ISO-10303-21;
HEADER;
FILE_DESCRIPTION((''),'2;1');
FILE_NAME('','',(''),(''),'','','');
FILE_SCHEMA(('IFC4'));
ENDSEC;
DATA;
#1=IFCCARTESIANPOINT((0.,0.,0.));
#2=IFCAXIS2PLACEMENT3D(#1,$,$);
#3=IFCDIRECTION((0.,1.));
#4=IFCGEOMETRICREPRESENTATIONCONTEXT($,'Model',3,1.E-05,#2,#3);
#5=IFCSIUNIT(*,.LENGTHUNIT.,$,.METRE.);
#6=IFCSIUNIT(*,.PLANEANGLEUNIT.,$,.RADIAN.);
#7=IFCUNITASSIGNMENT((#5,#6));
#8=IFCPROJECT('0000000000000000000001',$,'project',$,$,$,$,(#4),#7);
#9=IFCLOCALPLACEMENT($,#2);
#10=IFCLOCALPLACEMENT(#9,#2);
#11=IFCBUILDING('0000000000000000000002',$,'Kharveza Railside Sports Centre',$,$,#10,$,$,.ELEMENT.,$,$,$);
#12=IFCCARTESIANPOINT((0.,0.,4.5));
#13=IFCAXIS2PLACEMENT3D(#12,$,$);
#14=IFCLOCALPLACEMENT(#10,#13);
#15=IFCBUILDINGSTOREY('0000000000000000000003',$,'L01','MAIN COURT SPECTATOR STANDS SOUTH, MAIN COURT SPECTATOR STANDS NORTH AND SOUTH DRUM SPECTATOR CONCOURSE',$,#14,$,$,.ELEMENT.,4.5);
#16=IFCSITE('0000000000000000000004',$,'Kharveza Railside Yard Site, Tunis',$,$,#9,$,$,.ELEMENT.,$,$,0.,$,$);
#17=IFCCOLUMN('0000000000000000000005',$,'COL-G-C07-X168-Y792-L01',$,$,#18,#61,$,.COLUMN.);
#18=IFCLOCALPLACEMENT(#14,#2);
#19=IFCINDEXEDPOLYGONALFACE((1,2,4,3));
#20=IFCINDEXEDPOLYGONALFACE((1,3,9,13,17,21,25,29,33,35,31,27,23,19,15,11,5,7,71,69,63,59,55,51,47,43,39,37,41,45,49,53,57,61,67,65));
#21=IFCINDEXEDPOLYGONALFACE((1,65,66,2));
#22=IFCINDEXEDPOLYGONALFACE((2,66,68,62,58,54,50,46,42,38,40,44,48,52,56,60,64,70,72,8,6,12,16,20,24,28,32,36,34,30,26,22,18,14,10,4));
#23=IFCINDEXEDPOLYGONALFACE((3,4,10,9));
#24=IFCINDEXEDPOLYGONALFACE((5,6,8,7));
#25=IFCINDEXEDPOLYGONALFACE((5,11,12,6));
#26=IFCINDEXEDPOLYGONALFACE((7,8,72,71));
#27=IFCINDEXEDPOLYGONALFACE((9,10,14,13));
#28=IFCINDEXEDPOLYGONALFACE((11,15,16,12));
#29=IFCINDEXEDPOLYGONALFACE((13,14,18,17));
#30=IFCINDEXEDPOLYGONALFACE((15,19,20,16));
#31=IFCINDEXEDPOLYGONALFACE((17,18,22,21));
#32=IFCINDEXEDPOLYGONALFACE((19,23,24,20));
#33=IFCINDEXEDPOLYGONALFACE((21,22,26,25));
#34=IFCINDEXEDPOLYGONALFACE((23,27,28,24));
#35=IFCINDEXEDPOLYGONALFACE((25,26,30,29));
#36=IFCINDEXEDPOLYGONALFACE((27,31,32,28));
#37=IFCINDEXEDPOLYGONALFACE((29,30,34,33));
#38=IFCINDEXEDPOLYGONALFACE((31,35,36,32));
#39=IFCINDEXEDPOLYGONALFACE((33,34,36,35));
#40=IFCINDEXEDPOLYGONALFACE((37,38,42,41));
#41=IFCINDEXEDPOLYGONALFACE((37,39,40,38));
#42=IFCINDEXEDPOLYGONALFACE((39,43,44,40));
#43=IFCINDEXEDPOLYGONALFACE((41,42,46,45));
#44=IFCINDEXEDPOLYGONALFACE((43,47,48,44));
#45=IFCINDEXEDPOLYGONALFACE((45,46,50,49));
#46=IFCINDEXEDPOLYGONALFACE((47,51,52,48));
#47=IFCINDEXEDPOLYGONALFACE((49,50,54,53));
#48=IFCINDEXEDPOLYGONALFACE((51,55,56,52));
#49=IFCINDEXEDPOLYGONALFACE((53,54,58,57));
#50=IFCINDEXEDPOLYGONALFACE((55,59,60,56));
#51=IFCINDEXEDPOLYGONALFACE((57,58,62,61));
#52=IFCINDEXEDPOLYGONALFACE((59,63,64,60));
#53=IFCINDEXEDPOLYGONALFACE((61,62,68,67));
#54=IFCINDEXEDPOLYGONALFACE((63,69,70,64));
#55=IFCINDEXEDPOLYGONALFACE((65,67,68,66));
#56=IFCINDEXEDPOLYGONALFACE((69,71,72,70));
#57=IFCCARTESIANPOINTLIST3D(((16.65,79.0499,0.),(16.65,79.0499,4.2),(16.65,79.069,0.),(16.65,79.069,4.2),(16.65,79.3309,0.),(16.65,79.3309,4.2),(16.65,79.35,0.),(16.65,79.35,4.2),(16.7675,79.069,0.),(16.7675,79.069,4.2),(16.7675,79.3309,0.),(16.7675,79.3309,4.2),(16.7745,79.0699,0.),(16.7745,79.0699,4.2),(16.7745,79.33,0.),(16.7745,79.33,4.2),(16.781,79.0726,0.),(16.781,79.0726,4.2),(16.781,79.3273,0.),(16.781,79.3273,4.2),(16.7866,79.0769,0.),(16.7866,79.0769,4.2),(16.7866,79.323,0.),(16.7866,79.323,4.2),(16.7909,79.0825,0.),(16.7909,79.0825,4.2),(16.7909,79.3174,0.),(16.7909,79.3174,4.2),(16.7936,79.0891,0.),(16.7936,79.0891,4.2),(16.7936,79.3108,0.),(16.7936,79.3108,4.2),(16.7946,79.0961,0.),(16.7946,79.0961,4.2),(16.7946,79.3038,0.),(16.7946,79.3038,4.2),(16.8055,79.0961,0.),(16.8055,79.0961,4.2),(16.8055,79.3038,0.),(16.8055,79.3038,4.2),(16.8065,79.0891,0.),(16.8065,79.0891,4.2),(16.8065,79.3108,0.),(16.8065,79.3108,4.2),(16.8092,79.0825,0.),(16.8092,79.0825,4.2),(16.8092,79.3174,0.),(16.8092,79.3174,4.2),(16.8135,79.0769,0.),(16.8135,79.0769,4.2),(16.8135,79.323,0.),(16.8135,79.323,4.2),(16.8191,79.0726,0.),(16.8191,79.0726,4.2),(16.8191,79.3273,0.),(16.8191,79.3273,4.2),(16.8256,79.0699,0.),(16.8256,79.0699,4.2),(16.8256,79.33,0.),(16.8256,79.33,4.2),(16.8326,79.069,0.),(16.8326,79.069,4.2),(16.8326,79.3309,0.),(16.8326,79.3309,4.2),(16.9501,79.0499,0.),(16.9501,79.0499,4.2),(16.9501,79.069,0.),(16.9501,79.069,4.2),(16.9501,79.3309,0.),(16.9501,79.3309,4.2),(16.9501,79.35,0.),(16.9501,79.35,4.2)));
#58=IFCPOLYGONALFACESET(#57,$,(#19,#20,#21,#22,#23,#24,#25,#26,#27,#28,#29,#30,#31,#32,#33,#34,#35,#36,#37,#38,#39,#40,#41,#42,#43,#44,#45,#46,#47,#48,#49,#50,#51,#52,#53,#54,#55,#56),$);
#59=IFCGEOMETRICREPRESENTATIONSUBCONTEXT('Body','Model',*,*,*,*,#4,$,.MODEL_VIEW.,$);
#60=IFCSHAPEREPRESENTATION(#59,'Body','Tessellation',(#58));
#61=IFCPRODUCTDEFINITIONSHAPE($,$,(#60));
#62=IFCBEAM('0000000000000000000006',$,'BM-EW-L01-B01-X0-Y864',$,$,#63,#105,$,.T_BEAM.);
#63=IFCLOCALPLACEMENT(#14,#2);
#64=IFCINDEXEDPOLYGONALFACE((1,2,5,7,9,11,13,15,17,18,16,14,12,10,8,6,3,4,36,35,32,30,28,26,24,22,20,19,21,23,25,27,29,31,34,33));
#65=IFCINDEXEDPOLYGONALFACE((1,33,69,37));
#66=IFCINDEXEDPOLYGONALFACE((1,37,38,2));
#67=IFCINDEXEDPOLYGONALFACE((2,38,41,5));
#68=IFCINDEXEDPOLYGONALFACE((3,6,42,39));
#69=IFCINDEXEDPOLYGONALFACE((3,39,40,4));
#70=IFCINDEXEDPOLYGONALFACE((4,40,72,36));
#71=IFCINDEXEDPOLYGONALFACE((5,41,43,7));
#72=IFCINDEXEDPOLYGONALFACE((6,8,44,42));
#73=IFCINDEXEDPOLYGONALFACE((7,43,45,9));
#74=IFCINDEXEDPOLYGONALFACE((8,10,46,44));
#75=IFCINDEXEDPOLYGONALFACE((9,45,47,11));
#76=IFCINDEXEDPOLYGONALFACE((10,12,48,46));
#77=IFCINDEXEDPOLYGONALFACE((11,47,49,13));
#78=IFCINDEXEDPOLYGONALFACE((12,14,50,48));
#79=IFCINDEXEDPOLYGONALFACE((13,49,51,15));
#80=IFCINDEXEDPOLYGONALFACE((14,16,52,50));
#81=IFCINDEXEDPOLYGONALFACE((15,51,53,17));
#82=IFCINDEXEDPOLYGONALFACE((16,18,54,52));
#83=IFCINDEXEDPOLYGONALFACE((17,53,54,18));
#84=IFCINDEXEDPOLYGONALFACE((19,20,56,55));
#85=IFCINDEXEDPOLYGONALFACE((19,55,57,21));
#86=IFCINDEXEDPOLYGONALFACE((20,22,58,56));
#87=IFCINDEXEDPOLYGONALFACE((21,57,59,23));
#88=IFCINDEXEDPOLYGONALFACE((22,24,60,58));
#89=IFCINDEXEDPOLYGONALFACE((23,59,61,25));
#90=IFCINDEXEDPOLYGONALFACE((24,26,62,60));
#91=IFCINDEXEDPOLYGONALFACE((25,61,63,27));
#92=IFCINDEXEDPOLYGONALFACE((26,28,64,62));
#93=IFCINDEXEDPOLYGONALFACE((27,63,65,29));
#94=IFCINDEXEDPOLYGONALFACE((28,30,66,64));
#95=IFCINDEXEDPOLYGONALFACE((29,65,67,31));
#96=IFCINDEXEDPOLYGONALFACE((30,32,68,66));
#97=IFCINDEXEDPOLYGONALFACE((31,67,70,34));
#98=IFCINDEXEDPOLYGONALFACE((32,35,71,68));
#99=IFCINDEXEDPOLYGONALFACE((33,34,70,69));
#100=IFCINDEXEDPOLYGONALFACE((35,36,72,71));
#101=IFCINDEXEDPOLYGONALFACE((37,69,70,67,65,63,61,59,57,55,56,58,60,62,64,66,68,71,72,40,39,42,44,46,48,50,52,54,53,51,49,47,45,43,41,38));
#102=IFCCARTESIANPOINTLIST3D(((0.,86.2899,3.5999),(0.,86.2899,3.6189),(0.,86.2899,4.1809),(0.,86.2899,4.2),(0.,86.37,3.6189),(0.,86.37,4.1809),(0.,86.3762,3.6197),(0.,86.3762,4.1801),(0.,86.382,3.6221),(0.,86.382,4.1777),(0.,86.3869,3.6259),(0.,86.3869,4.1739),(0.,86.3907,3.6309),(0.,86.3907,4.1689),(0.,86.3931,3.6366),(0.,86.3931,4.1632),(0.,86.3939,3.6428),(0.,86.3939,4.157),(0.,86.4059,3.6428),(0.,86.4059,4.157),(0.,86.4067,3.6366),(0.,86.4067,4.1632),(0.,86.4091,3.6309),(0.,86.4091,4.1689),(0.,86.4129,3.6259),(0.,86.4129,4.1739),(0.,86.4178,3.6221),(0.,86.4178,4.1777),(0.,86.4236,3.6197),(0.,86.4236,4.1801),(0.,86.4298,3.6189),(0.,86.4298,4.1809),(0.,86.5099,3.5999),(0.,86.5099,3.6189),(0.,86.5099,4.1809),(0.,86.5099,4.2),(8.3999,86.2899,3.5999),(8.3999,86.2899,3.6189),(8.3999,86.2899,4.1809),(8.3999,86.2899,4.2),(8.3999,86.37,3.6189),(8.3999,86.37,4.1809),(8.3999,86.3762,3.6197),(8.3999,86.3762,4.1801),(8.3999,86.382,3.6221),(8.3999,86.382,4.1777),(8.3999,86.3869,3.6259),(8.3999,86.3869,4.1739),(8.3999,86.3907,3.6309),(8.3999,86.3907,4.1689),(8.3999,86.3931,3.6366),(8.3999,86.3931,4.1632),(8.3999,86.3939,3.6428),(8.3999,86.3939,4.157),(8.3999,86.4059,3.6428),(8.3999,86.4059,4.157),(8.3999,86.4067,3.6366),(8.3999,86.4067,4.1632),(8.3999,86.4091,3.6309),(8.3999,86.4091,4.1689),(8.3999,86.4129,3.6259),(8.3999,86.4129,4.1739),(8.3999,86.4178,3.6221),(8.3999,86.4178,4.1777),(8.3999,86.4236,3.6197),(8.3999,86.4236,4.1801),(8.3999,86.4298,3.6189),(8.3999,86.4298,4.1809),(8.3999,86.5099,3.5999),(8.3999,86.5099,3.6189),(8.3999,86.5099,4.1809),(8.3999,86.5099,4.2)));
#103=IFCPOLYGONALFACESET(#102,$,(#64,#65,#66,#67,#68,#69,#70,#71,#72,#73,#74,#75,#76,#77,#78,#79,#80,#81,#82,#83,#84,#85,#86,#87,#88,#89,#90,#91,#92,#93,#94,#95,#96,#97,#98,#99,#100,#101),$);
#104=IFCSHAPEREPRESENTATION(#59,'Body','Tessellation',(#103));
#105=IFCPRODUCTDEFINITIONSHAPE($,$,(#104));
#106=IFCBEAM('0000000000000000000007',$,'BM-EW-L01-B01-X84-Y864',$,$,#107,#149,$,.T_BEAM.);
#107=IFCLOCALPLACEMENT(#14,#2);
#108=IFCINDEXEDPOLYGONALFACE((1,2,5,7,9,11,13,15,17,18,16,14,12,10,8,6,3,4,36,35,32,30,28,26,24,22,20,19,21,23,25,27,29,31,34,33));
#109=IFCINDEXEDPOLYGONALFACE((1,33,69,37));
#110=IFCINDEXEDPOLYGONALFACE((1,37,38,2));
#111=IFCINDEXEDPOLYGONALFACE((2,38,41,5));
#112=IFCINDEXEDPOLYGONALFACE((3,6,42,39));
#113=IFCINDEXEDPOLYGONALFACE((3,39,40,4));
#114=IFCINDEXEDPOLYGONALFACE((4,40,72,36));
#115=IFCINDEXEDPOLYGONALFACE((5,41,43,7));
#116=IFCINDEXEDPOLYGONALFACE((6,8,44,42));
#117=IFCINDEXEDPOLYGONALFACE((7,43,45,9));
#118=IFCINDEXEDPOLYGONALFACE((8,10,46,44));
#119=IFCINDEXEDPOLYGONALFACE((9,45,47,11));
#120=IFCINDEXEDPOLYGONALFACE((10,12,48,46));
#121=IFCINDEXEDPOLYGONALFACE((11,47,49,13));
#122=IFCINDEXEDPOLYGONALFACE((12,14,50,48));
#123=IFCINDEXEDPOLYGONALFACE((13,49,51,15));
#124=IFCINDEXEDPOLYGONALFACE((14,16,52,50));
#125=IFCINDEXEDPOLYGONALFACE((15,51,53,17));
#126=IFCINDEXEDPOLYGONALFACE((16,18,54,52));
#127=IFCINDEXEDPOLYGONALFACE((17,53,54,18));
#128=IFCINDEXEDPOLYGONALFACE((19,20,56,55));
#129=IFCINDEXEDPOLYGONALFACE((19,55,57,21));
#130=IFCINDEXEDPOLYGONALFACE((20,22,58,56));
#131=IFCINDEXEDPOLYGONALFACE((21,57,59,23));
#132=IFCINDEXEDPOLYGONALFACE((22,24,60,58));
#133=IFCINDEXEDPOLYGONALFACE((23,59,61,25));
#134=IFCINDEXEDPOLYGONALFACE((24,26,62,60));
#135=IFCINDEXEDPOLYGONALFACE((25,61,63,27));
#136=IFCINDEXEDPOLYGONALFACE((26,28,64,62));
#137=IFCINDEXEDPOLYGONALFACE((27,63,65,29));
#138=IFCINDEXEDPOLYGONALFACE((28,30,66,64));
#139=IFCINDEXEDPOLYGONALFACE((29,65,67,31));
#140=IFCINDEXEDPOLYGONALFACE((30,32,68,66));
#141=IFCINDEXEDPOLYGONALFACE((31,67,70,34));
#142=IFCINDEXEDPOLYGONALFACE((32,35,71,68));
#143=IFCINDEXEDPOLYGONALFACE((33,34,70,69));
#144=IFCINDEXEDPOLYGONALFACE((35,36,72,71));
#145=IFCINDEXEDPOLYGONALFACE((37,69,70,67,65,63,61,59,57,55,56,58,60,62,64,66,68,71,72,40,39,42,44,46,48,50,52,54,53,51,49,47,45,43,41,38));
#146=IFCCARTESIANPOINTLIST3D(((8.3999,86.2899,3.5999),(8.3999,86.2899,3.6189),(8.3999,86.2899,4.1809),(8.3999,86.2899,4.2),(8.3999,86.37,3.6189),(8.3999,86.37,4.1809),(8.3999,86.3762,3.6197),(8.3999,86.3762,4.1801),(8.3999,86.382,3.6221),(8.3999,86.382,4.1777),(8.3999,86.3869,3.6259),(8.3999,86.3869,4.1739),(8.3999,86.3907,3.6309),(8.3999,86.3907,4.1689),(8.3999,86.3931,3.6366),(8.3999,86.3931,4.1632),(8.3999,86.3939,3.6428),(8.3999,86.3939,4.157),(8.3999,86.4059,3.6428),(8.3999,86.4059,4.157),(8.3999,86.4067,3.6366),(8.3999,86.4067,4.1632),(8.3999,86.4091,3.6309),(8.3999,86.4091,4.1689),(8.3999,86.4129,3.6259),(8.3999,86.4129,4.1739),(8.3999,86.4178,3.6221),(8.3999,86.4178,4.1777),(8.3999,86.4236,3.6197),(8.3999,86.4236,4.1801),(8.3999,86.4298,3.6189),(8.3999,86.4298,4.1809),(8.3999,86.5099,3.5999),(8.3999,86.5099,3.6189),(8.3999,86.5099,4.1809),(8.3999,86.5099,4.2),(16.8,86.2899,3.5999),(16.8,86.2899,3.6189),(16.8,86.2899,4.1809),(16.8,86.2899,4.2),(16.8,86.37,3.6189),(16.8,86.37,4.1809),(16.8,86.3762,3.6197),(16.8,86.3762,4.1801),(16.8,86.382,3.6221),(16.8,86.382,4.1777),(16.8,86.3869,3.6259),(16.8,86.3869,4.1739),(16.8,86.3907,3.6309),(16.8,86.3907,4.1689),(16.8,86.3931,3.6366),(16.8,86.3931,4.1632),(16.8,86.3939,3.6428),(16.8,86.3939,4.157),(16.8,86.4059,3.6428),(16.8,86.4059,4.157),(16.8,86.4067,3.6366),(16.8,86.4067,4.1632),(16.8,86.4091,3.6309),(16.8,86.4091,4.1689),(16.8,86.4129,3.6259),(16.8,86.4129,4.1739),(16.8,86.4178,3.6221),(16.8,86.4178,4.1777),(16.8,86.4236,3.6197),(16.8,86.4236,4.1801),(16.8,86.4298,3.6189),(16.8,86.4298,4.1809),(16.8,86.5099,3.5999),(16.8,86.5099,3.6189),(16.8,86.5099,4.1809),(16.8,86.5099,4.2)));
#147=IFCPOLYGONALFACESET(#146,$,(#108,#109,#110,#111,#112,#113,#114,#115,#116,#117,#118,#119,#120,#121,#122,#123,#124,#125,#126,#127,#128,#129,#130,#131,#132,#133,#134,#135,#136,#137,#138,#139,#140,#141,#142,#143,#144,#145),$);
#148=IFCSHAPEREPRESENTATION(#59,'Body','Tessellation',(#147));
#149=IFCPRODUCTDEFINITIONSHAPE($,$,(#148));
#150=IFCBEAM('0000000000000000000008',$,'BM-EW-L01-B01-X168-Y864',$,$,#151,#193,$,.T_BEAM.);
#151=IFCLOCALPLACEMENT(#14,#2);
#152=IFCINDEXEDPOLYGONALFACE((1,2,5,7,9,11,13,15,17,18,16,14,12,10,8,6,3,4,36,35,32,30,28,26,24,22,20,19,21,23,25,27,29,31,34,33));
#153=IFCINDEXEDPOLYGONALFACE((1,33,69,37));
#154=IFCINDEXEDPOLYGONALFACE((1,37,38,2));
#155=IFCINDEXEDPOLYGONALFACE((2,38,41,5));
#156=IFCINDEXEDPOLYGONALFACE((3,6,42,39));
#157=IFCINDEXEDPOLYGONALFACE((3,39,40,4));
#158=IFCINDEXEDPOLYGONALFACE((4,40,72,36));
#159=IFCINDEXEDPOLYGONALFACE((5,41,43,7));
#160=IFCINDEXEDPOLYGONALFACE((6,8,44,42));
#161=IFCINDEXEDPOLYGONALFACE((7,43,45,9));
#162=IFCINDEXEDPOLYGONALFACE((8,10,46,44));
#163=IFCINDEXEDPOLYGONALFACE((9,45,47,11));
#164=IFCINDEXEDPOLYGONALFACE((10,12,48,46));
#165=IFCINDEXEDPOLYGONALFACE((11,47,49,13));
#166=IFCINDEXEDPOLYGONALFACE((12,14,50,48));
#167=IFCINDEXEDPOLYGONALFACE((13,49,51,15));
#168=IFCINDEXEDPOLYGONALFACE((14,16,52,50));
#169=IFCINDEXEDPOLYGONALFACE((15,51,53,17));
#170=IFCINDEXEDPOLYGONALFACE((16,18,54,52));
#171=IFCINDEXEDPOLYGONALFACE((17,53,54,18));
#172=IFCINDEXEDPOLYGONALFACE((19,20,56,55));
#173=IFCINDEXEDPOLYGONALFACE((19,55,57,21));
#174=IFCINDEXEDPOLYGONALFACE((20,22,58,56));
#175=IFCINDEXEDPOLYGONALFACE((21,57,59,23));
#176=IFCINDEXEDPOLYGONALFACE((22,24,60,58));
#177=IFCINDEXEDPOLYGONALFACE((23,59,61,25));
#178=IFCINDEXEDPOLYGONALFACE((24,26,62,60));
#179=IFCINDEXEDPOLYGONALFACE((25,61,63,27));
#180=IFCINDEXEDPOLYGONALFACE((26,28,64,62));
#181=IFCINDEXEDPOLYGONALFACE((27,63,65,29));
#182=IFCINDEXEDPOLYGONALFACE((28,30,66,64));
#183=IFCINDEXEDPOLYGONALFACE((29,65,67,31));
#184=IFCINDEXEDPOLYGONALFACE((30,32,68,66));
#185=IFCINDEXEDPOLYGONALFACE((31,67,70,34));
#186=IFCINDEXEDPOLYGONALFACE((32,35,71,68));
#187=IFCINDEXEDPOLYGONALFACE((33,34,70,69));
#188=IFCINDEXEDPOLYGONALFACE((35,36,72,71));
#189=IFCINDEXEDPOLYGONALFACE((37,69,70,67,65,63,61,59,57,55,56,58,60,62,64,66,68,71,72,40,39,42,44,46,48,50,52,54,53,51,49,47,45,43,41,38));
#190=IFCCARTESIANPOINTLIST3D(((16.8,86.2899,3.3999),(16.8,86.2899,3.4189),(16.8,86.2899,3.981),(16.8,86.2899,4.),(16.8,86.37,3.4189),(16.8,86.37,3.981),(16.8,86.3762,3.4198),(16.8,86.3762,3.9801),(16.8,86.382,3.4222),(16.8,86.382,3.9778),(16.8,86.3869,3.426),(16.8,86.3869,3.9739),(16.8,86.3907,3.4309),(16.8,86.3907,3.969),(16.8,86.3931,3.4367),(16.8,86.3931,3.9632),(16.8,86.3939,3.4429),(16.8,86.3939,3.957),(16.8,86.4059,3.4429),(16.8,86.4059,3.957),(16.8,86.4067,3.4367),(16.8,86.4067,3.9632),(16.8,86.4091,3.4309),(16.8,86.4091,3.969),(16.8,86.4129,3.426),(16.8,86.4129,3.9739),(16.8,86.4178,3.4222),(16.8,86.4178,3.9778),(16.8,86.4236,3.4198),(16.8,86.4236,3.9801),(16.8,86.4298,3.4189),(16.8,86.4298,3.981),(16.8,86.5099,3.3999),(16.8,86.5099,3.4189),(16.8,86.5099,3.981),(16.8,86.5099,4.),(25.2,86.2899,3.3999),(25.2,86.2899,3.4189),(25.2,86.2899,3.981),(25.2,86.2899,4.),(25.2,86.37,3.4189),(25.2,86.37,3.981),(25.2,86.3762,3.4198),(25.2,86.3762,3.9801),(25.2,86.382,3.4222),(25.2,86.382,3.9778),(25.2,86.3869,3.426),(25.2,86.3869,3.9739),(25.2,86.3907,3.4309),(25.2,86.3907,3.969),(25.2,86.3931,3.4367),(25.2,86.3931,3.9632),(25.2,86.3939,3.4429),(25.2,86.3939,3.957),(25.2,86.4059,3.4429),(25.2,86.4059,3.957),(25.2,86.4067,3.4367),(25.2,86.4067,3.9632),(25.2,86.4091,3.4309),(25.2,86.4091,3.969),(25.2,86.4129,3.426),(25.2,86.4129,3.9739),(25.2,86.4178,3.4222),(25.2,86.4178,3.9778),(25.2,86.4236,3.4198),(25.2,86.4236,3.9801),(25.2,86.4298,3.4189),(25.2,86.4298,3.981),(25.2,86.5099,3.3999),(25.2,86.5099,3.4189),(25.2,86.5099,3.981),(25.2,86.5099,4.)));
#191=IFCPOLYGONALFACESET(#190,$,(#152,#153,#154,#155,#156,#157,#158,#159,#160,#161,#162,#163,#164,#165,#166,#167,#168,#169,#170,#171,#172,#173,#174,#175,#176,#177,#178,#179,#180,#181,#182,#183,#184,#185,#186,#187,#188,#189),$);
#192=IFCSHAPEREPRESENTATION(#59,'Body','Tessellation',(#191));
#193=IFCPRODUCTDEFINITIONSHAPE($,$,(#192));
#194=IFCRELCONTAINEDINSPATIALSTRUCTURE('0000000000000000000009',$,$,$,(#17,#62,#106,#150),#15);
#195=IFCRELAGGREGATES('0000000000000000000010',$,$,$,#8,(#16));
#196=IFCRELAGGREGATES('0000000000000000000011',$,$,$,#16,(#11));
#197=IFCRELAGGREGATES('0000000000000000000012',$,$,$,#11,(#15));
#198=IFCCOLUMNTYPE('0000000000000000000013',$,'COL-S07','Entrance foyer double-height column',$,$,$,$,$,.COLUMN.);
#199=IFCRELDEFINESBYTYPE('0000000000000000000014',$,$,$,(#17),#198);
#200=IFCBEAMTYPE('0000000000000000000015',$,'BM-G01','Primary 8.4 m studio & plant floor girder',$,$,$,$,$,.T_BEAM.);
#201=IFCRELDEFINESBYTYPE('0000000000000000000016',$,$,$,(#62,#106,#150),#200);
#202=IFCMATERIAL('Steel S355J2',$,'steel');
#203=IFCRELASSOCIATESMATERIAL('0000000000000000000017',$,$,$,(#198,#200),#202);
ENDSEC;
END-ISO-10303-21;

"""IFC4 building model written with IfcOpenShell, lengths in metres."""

from ifc_helpers import new_model, si_unit, direction, frame, origin, origin_2d, place, context, subcontext, project, spatial, i_section, extrude, material, material_profile, profile_set, type_object, element, save


model = new_model("IFC4")

# Units and contexts
model_context = context("Model", 3, precision=1e-05, world=origin(), true_north=direction((0.0, 1.0)))
body_context = subcontext(model_context, "Body", "Model", "MODEL_VIEW")
ifc_project = project(units=[si_unit("LENGTHUNIT", "METRE"), si_unit("PLANEANGLEUNIT", "RADIAN")], contexts=[model_context])

# Site, building, storey
site_placement = place(None, origin())
site = spatial("IfcSite", under=ifc_project, at=site_placement, Name="Kharveza Railside Yard Site, Tunis", CompositionType="ELEMENT", RefElevation=0.0)
building_placement = place(site_placement, origin())
building = spatial("IfcBuilding", under=site, at=building_placement, Name="Kharveza Railside Sports Centre", CompositionType="ELEMENT")
storey_placement = place(building_placement, frame((0.0, 0.0, 4.5)))
storey = spatial("IfcBuildingStorey", under=building, at=storey_placement, Name="L01", Description="MAIN COURT SPECTATOR STANDS SOUTH, MAIN COURT SPECTATOR STANDS NORTH AND SOUTH DRUM SPECTATOR CONCOURSE", CompositionType="ELEMENT", Elevation=4.5)

# Column
ifc_material_1 = material(Name="Steel S355J2", Category="steel")
ifc_material_profile_1 = material_profile(ifc_material_1, i_section(OverallWidth=0.3, OverallDepth=0.3, WebThickness=0.011, FlangeThickness=0.019, FilletRadius=0.0271, at=origin_2d()), Name="HEB 300")
ifc_profile_set_1 = profile_set([ifc_material_profile_1], Name="Steel S355J2")
column_type_1 = type_object("IfcColumnType", Name="COL-S07", Description="Entrance foyer double-height column", PredefinedType="COLUMN", material=ifc_profile_set_1)
for number, where, z_axis, x_axis, name in (
    (1, (16.8, 79.2, 0.0), (0.0, 0.0, 1.0), (1.0, 0.0, 0.0), "COL-G-C07-X168-Y792-L01"),
):
    element("IfcColumn", number, at=place(storey_placement, frame(where, z_axis=z_axis, x_axis=x_axis)), inside=storey, type_object=column_type_1, Name=name, PredefinedType="COLUMN", context=body_context, shape_type="SweptSolid", body=[
        extrude(i_section(OverallWidth=0.3, OverallDepth=0.3, WebThickness=0.011, FlangeThickness=0.019, FilletRadius=0.0271, at=origin_2d()), origin(), (0.0, 0.0, 1.0), 4.2),
    ])

# Beams
ifc_material_profile_2 = material_profile(ifc_material_1, i_section(OverallWidth=0.22, OverallDepth=0.6001, WebThickness=0.012, FlangeThickness=0.019, FilletRadius=0.0239, at=origin_2d()), Name="IPE 600")
ifc_profile_set_2 = profile_set([ifc_material_profile_2], Name="Steel S355J2")
beam_type_1 = type_object("IfcBeamType", Name="BM-G01", Description="Primary 8.4 m studio & plant floor girder", PredefinedType="T_BEAM", material=ifc_profile_set_2)
beam_1_placement = place(storey_placement, frame((0.0, 86.3999, 3.8999), z_axis=(1.0, 0.0, 0.0), x_axis=(0.0, 1.0, 0.0)))
element("IfcBeam", 2, at=beam_1_placement, inside=storey, type_object=beam_type_1, Name="BM-EW-L01-B01-X0-Y864", PredefinedType="T_BEAM", context=body_context, shape_type="SweptSolid", body=[
    extrude(i_section(OverallWidth=0.22, OverallDepth=0.6001, WebThickness=0.012, FlangeThickness=0.019, FilletRadius=0.0239, at=origin_2d()), origin(), (0.0, 0.0, 1.0), 8.3999),
])
beam_2_placement = place(storey_placement, frame((8.3999, 86.3999, 3.8999), z_axis=(1.0, 0.0, 0.0), x_axis=(0.0, 1.0, 0.0)))
element("IfcBeam", 3, at=beam_2_placement, inside=storey, type_object=beam_type_1, Name="BM-EW-L01-B01-X84-Y864", PredefinedType="T_BEAM", context=body_context, shape_type="SweptSolid", body=[
    extrude(i_section(OverallWidth=0.22, OverallDepth=0.6001, WebThickness=0.012, FlangeThickness=0.019, FilletRadius=0.0239, at=origin_2d()), origin(), (0.0, 0.0, 1.0), 8.4001),
])
beam_3_placement = place(storey_placement, frame((16.8, 86.3999, 3.7), z_axis=(1.0, 0.0, 0.0), x_axis=(0.0, 1.0, 0.0)))
element("IfcBeam", 4, at=beam_3_placement, inside=storey, type_object=beam_type_1, Name="BM-EW-L01-B01-X168-Y864", PredefinedType="T_BEAM", context=body_context, shape_type="SweptSolid", body=[
    extrude(i_section(OverallWidth=0.22, OverallDepth=0.6001, WebThickness=0.012, FlangeThickness=0.019, FilletRadius=0.0239, at=origin_2d()), origin(), (0.0, 0.0, 1.0), 8.3999),
])

save(model, "model.ifc")
